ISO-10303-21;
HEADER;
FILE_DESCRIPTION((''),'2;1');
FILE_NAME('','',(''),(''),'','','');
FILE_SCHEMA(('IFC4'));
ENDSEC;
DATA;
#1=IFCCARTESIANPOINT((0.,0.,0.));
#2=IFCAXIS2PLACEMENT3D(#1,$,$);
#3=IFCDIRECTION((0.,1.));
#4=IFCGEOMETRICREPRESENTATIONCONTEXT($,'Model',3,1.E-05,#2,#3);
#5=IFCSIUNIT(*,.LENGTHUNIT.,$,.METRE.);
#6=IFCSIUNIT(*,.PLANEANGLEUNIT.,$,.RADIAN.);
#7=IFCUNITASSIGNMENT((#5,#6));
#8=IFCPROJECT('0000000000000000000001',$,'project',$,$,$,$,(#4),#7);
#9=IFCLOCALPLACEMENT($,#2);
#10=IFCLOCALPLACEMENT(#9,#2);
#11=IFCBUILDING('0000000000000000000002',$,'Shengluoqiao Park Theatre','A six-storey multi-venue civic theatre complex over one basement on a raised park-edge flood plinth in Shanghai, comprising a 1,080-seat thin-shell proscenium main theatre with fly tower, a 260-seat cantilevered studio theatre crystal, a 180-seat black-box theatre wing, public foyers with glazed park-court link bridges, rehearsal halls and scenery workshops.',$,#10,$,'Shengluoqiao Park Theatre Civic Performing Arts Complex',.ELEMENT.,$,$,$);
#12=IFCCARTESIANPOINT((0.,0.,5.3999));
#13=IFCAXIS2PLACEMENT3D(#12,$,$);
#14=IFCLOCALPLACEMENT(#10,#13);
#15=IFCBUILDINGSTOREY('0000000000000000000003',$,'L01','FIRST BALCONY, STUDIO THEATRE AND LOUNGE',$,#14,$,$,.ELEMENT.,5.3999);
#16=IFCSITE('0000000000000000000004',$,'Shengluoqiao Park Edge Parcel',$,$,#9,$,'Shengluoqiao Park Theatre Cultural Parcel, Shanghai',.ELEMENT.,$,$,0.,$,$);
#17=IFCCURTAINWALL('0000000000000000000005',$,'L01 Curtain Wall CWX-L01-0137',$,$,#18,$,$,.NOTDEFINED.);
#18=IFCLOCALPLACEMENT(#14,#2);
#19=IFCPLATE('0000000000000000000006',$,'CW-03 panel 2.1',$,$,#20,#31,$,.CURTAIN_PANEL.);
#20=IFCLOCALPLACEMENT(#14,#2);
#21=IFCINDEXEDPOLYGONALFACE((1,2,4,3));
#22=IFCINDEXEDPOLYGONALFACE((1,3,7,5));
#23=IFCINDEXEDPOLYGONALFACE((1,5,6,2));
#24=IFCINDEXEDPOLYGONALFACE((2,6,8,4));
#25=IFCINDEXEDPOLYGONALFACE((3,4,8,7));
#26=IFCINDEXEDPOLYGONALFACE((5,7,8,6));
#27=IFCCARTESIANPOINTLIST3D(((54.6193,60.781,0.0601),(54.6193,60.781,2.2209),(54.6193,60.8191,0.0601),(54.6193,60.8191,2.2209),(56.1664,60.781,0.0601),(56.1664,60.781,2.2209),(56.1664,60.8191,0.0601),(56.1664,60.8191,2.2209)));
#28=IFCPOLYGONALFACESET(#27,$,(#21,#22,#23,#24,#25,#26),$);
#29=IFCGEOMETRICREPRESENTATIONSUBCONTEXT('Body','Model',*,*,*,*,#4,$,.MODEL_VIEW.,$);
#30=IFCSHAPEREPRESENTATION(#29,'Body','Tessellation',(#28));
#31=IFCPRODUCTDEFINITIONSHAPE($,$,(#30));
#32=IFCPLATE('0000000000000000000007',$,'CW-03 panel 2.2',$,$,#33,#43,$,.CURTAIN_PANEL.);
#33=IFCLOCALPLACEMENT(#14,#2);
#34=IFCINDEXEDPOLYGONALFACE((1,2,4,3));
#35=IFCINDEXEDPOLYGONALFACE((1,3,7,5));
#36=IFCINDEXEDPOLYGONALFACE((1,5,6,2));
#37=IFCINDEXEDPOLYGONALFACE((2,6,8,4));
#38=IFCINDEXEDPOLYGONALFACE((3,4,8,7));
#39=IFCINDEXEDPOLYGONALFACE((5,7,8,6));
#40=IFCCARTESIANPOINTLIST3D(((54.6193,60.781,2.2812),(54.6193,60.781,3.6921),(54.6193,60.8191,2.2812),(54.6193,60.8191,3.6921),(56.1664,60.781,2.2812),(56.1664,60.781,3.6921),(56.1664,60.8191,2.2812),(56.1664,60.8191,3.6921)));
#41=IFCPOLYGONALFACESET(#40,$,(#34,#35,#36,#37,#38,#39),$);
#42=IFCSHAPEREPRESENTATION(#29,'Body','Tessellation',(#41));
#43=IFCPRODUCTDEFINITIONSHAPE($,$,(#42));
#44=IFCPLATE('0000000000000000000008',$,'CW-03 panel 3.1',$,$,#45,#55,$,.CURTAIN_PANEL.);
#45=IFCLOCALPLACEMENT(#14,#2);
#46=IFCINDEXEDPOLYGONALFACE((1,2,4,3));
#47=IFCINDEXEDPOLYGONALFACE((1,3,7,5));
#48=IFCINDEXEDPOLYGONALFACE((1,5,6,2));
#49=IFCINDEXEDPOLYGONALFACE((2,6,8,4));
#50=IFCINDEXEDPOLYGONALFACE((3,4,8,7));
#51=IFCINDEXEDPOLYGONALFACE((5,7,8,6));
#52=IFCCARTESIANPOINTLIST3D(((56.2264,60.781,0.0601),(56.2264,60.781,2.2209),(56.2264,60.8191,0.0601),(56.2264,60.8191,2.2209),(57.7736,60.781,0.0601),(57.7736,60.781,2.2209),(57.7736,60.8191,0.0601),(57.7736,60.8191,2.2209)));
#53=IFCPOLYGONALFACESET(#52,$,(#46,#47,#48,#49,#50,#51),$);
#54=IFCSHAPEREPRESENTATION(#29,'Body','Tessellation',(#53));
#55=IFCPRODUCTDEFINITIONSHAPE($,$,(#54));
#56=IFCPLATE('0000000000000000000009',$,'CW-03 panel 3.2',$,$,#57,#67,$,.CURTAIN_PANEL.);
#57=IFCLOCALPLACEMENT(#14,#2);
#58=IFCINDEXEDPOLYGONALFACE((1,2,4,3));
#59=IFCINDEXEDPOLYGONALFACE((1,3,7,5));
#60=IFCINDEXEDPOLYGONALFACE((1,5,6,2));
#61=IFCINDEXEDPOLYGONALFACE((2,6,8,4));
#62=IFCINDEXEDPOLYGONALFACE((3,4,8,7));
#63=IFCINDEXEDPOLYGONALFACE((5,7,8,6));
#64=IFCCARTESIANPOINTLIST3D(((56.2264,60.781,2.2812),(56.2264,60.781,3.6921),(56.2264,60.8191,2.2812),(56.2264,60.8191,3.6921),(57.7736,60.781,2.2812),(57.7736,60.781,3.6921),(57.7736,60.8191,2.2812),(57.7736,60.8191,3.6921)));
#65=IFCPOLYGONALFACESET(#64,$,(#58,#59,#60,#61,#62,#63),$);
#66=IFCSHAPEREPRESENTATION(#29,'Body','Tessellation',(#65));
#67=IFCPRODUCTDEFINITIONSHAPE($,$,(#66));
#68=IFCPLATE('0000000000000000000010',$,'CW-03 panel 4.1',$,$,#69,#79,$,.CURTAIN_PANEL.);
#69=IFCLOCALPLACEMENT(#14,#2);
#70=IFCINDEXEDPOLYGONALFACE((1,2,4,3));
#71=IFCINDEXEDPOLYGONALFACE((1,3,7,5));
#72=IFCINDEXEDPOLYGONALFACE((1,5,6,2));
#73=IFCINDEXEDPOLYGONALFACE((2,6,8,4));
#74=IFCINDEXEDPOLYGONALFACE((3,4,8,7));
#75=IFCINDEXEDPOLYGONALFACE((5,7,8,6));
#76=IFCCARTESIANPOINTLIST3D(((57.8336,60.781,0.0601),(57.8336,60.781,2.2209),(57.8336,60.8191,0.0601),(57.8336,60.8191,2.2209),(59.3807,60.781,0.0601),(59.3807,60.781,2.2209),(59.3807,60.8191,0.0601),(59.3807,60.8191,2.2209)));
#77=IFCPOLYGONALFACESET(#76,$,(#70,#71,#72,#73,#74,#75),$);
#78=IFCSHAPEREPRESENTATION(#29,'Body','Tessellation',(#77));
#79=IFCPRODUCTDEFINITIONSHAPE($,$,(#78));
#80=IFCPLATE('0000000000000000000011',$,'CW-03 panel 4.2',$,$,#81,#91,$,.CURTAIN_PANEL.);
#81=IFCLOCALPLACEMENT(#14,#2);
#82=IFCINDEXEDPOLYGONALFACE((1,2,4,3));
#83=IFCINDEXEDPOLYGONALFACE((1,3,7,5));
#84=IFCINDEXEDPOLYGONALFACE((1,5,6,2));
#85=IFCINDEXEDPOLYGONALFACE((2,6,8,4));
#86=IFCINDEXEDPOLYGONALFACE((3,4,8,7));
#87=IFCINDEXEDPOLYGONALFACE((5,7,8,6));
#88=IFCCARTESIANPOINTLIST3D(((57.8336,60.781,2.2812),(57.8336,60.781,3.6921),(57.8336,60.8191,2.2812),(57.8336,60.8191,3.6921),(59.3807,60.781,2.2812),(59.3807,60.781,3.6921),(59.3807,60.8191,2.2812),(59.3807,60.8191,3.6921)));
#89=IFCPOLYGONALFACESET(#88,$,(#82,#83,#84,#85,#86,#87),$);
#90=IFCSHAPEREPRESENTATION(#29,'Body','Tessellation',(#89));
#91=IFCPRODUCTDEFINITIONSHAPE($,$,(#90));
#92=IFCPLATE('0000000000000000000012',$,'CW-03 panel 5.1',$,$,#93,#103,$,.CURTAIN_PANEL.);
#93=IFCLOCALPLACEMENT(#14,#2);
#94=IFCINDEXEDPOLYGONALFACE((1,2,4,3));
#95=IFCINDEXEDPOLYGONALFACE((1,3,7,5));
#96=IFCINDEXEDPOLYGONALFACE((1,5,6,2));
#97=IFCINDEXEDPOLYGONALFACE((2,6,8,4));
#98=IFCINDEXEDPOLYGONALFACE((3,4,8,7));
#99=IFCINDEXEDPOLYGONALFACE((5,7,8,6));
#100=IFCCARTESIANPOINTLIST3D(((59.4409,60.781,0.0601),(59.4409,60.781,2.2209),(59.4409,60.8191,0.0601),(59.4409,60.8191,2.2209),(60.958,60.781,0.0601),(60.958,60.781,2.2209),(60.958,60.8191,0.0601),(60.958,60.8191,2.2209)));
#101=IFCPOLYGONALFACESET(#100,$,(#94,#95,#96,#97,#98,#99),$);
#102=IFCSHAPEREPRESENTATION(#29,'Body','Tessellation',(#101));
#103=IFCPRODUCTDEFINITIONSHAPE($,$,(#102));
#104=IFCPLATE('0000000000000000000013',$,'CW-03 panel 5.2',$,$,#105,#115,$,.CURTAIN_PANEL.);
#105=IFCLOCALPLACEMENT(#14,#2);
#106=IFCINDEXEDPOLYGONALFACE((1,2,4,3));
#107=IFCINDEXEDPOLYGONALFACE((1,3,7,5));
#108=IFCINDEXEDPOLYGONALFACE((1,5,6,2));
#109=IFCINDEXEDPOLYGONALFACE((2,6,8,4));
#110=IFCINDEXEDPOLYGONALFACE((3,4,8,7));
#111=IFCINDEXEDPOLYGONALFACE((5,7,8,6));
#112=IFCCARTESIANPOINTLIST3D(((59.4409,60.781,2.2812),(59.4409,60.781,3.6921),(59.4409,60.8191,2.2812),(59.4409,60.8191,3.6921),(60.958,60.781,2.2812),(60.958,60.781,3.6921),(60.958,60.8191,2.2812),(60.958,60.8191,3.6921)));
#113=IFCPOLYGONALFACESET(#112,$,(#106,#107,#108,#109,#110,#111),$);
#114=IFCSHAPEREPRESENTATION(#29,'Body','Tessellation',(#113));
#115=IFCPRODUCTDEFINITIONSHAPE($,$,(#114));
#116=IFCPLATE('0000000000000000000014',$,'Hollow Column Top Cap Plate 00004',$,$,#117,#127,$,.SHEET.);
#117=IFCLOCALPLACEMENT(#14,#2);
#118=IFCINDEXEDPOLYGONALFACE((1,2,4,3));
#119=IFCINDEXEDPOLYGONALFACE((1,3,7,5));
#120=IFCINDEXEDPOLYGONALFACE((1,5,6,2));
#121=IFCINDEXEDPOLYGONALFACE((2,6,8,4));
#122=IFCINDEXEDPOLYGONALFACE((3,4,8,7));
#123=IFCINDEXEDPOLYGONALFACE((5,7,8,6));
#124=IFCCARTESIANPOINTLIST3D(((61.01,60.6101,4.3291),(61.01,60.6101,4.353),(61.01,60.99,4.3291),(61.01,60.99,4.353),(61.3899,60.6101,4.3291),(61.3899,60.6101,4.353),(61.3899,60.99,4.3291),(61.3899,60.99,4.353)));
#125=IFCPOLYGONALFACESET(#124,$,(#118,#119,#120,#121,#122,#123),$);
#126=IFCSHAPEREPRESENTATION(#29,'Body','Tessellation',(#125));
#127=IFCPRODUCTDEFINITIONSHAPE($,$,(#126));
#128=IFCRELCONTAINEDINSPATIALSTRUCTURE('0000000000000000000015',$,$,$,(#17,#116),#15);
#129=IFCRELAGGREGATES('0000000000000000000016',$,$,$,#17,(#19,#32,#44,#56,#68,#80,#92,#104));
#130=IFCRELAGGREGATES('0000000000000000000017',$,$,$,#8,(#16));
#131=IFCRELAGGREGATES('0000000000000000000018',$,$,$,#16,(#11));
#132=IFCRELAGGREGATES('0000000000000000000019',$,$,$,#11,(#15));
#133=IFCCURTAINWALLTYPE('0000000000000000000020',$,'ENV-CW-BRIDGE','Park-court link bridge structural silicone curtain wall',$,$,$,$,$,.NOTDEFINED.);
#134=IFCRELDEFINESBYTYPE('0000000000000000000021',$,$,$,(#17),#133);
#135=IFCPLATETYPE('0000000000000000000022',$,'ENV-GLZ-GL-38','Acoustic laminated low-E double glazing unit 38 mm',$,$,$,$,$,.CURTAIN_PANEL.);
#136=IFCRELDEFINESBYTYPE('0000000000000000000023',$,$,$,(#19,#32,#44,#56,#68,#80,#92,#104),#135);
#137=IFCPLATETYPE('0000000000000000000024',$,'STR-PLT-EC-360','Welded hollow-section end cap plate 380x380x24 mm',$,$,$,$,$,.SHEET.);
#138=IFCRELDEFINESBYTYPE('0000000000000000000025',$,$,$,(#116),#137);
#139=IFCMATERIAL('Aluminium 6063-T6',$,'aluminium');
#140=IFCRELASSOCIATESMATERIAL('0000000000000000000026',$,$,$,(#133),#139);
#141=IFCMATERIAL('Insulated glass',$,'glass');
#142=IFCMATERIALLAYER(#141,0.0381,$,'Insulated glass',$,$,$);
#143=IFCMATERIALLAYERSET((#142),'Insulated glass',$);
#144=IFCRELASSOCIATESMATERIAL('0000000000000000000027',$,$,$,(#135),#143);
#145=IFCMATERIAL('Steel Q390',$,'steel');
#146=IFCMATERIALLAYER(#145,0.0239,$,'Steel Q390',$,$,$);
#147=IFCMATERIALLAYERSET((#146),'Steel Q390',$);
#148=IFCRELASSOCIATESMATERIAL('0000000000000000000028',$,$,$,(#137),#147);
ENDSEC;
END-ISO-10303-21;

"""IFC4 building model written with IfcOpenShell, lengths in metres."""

from ifc_helpers import new_model, si_unit, direction, frame, origin, origin_2d, place, context, subcontext, project, spatial, rectangle, extrude, material, layer, layer_set, type_object, element, aggregate, save


model = new_model("IFC4")

# Units and contexts
model_context = context("Model", 3, precision=1e-05, world=origin(), true_north=direction((0.0, 1.0)))
body_context = subcontext(model_context, "Body", "Model", "MODEL_VIEW")
ifc_project = project(units=[si_unit("LENGTHUNIT", "METRE"), si_unit("PLANEANGLEUNIT", "RADIAN")], contexts=[model_context])

# Site, building, storey
site_placement = place(None, origin())
site = spatial("IfcSite", under=ifc_project, at=site_placement, Name="Shengluoqiao Park Edge Parcel", LongName="Shengluoqiao Park Theatre Cultural Parcel, Shanghai", CompositionType="ELEMENT", RefElevation=0.0)
building_placement = place(site_placement, origin())
building = spatial("IfcBuilding", under=site, at=building_placement, Name="Shengluoqiao Park Theatre", Description="A six-storey multi-venue civic theatre complex over one basement on a raised park-edge flood plinth in Shanghai, comprising a 1,080-seat thin-shell proscenium main theatre with fly tower, a 260-seat cantilevered studio theatre crystal, a 180-seat black-box theatre wing, public foyers with glazed park-court link bridges, rehearsal halls and scenery workshops.", LongName="Shengluoqiao Park Theatre Civic Performing Arts Complex", CompositionType="ELEMENT")
storey_placement = place(building_placement, frame((0.0, 0.0, 5.3999)))
storey = spatial("IfcBuildingStorey", under=building, at=storey_placement, Name="L01", Description="FIRST BALCONY, STUDIO THEATRE AND LOUNGE", CompositionType="ELEMENT", Elevation=5.3999)

# Curtain wall
ifc_material_1 = material(Name="Aluminium 6063-T6", Category="aluminium")
curtain_wall_type_1 = type_object("IfcCurtainWallType", Name="ENV-CW-BRIDGE", Description="Park-court link bridge structural silicone curtain wall", PredefinedType="NOTDEFINED", material=ifc_material_1)
curtain_wall_1_placement = place(storey_placement, origin())
curtain_wall_1 = element("IfcCurtainWall", 1, at=curtain_wall_1_placement, inside=storey, type_object=curtain_wall_type_1, Name="L01 Curtain Wall CWX-L01-0137", PredefinedType="NOTDEFINED")

# Plates
ifc_material_2 = material(Name="Insulated glass", Category="glass")
ifc_layer_1 = layer(ifc_material_2, 0.0381, Name="Insulated glass")
ifc_layer_set_1 = layer_set([ifc_layer_1], Name="Insulated glass")
plate_type_1 = type_object("IfcPlateType", Name="ENV-GLZ-GL-38", Description="Acoustic laminated low-E double glazing unit 38 mm", PredefinedType="CURTAIN_PANEL", material=ifc_layer_set_1)
plate_1_placement = place(storey_placement, frame((55.3928, 60.8, 0.0601), z_axis=(0.0, 0.0, 1.0), x_axis=(1.0, 0.0, 0.0)))
plate_1 = element("IfcPlate", 2, at=plate_1_placement, type_object=plate_type_1, Name="CW-03 panel 2.1", PredefinedType="CURTAIN_PANEL", context=body_context, shape_type="SweptSolid", body=[
    extrude(rectangle(XDim=1.5471, YDim=0.0381, at=origin_2d()), origin(), (0.0, 0.0, 1.0), 2.1609),
])
plate_2_placement = place(storey_placement, frame((55.3928, 60.8, 2.2812), z_axis=(0.0, 0.0, 1.0), x_axis=(1.0, 0.0, 0.0)))
plate_2 = element("IfcPlate", 3, at=plate_2_placement, type_object=plate_type_1, Name="CW-03 panel 2.2", PredefinedType="CURTAIN_PANEL", context=body_context, shape_type="SweptSolid", body=[
    extrude(rectangle(XDim=1.5471, YDim=0.0381, at=origin_2d()), origin(), (0.0, 0.0, 1.0), 1.4109),
])
plate_3_placement = place(storey_placement, frame((57.0, 60.8, 0.0601), z_axis=(0.0, 0.0, 1.0), x_axis=(1.0, 0.0, 0.0)))
plate_3 = element("IfcPlate", 4, at=plate_3_placement, type_object=plate_type_1, Name="CW-03 panel 3.1", PredefinedType="CURTAIN_PANEL", context=body_context, shape_type="SweptSolid", body=[
    extrude(rectangle(XDim=1.5471, YDim=0.0381, at=origin_2d()), origin(), (0.0, 0.0, 1.0), 2.1609),
])
plate_4_placement = place(storey_placement, frame((57.0, 60.8, 2.2812), z_axis=(0.0, 0.0, 1.0), x_axis=(1.0, 0.0, 0.0)))
plate_4 = element("IfcPlate", 5, at=plate_4_placement, type_object=plate_type_1, Name="CW-03 panel 3.2", PredefinedType="CURTAIN_PANEL", context=body_context, shape_type="SweptSolid", body=[
    extrude(rectangle(XDim=1.5471, YDim=0.0381, at=origin_2d()), origin(), (0.0, 0.0, 1.0), 1.4109),
])
plate_5_placement = place(storey_placement, frame((58.6072, 60.8, 0.0601), z_axis=(0.0, 0.0, 1.0), x_axis=(1.0, 0.0, 0.0)))
plate_5 = element("IfcPlate", 6, at=plate_5_placement, type_object=plate_type_1, Name="CW-03 panel 4.1", PredefinedType="CURTAIN_PANEL", context=body_context, shape_type="SweptSolid", body=[
    extrude(rectangle(XDim=1.5471, YDim=0.0381, at=origin_2d()), origin(), (0.0, 0.0, 1.0), 2.1609),
])
plate_6_placement = place(storey_placement, frame((58.6072, 60.8, 2.2812), z_axis=(0.0, 0.0, 1.0), x_axis=(1.0, 0.0, 0.0)))
plate_6 = element("IfcPlate", 7, at=plate_6_placement, type_object=plate_type_1, Name="CW-03 panel 4.2", PredefinedType="CURTAIN_PANEL", context=body_context, shape_type="SweptSolid", body=[
    extrude(rectangle(XDim=1.5471, YDim=0.0381, at=origin_2d()), origin(), (0.0, 0.0, 1.0), 1.4109),
])
plate_7_placement = place(storey_placement, frame((60.1995, 60.8, 0.0601), z_axis=(0.0, 0.0, 1.0), x_axis=(1.0, 0.0, 0.0)))
plate_7 = element("IfcPlate", 8, at=plate_7_placement, type_object=plate_type_1, Name="CW-03 panel 5.1", PredefinedType="CURTAIN_PANEL", context=body_context, shape_type="SweptSolid", body=[
    extrude(rectangle(XDim=1.5171, YDim=0.0381, at=origin_2d()), origin(), (0.0, 0.0, 1.0), 2.1609),
])
plate_8_placement = place(storey_placement, frame((60.1995, 60.8, 2.2812), z_axis=(0.0, 0.0, 1.0), x_axis=(1.0, 0.0, 0.0)))
plate_8 = element("IfcPlate", 9, at=plate_8_placement, type_object=plate_type_1, Name="CW-03 panel 5.2", PredefinedType="CURTAIN_PANEL", context=body_context, shape_type="SweptSolid", body=[
    extrude(rectangle(XDim=1.5171, YDim=0.0381, at=origin_2d()), origin(), (0.0, 0.0, 1.0), 1.4109),
])
aggregate(curtain_wall_1, [plate_1, plate_2, plate_3, plate_4, plate_5, plate_6, plate_7, plate_8])
ifc_material_3 = material(Name="Steel Q390", Category="steel")
ifc_layer_2 = layer(ifc_material_3, 0.0239, Name="Steel Q390")
ifc_layer_set_2 = layer_set([ifc_layer_2], Name="Steel Q390")
plate_type_2 = type_object("IfcPlateType", Name="STR-PLT-EC-360", Description="Welded hollow-section end cap plate 380x380x24 mm", PredefinedType="SHEET", material=ifc_layer_set_2)
plate_9_placement = place(storey_placement, frame((61.2, 60.8, 4.3291), z_axis=(0.0, 0.0, 1.0), x_axis=(1.0, 0.0, 0.0)))
element("IfcPlate", 10, at=plate_9_placement, inside=storey, type_object=plate_type_2, Name="Hollow Column Top Cap Plate 00004", PredefinedType="SHEET", context=body_context, shape_type="SweptSolid", body=[
    extrude(rectangle(XDim=0.3799, YDim=0.3799, at=origin_2d()), origin(), (0.0, 0.0, 1.0), 0.0239),
])

save(model, "model.ifc")
